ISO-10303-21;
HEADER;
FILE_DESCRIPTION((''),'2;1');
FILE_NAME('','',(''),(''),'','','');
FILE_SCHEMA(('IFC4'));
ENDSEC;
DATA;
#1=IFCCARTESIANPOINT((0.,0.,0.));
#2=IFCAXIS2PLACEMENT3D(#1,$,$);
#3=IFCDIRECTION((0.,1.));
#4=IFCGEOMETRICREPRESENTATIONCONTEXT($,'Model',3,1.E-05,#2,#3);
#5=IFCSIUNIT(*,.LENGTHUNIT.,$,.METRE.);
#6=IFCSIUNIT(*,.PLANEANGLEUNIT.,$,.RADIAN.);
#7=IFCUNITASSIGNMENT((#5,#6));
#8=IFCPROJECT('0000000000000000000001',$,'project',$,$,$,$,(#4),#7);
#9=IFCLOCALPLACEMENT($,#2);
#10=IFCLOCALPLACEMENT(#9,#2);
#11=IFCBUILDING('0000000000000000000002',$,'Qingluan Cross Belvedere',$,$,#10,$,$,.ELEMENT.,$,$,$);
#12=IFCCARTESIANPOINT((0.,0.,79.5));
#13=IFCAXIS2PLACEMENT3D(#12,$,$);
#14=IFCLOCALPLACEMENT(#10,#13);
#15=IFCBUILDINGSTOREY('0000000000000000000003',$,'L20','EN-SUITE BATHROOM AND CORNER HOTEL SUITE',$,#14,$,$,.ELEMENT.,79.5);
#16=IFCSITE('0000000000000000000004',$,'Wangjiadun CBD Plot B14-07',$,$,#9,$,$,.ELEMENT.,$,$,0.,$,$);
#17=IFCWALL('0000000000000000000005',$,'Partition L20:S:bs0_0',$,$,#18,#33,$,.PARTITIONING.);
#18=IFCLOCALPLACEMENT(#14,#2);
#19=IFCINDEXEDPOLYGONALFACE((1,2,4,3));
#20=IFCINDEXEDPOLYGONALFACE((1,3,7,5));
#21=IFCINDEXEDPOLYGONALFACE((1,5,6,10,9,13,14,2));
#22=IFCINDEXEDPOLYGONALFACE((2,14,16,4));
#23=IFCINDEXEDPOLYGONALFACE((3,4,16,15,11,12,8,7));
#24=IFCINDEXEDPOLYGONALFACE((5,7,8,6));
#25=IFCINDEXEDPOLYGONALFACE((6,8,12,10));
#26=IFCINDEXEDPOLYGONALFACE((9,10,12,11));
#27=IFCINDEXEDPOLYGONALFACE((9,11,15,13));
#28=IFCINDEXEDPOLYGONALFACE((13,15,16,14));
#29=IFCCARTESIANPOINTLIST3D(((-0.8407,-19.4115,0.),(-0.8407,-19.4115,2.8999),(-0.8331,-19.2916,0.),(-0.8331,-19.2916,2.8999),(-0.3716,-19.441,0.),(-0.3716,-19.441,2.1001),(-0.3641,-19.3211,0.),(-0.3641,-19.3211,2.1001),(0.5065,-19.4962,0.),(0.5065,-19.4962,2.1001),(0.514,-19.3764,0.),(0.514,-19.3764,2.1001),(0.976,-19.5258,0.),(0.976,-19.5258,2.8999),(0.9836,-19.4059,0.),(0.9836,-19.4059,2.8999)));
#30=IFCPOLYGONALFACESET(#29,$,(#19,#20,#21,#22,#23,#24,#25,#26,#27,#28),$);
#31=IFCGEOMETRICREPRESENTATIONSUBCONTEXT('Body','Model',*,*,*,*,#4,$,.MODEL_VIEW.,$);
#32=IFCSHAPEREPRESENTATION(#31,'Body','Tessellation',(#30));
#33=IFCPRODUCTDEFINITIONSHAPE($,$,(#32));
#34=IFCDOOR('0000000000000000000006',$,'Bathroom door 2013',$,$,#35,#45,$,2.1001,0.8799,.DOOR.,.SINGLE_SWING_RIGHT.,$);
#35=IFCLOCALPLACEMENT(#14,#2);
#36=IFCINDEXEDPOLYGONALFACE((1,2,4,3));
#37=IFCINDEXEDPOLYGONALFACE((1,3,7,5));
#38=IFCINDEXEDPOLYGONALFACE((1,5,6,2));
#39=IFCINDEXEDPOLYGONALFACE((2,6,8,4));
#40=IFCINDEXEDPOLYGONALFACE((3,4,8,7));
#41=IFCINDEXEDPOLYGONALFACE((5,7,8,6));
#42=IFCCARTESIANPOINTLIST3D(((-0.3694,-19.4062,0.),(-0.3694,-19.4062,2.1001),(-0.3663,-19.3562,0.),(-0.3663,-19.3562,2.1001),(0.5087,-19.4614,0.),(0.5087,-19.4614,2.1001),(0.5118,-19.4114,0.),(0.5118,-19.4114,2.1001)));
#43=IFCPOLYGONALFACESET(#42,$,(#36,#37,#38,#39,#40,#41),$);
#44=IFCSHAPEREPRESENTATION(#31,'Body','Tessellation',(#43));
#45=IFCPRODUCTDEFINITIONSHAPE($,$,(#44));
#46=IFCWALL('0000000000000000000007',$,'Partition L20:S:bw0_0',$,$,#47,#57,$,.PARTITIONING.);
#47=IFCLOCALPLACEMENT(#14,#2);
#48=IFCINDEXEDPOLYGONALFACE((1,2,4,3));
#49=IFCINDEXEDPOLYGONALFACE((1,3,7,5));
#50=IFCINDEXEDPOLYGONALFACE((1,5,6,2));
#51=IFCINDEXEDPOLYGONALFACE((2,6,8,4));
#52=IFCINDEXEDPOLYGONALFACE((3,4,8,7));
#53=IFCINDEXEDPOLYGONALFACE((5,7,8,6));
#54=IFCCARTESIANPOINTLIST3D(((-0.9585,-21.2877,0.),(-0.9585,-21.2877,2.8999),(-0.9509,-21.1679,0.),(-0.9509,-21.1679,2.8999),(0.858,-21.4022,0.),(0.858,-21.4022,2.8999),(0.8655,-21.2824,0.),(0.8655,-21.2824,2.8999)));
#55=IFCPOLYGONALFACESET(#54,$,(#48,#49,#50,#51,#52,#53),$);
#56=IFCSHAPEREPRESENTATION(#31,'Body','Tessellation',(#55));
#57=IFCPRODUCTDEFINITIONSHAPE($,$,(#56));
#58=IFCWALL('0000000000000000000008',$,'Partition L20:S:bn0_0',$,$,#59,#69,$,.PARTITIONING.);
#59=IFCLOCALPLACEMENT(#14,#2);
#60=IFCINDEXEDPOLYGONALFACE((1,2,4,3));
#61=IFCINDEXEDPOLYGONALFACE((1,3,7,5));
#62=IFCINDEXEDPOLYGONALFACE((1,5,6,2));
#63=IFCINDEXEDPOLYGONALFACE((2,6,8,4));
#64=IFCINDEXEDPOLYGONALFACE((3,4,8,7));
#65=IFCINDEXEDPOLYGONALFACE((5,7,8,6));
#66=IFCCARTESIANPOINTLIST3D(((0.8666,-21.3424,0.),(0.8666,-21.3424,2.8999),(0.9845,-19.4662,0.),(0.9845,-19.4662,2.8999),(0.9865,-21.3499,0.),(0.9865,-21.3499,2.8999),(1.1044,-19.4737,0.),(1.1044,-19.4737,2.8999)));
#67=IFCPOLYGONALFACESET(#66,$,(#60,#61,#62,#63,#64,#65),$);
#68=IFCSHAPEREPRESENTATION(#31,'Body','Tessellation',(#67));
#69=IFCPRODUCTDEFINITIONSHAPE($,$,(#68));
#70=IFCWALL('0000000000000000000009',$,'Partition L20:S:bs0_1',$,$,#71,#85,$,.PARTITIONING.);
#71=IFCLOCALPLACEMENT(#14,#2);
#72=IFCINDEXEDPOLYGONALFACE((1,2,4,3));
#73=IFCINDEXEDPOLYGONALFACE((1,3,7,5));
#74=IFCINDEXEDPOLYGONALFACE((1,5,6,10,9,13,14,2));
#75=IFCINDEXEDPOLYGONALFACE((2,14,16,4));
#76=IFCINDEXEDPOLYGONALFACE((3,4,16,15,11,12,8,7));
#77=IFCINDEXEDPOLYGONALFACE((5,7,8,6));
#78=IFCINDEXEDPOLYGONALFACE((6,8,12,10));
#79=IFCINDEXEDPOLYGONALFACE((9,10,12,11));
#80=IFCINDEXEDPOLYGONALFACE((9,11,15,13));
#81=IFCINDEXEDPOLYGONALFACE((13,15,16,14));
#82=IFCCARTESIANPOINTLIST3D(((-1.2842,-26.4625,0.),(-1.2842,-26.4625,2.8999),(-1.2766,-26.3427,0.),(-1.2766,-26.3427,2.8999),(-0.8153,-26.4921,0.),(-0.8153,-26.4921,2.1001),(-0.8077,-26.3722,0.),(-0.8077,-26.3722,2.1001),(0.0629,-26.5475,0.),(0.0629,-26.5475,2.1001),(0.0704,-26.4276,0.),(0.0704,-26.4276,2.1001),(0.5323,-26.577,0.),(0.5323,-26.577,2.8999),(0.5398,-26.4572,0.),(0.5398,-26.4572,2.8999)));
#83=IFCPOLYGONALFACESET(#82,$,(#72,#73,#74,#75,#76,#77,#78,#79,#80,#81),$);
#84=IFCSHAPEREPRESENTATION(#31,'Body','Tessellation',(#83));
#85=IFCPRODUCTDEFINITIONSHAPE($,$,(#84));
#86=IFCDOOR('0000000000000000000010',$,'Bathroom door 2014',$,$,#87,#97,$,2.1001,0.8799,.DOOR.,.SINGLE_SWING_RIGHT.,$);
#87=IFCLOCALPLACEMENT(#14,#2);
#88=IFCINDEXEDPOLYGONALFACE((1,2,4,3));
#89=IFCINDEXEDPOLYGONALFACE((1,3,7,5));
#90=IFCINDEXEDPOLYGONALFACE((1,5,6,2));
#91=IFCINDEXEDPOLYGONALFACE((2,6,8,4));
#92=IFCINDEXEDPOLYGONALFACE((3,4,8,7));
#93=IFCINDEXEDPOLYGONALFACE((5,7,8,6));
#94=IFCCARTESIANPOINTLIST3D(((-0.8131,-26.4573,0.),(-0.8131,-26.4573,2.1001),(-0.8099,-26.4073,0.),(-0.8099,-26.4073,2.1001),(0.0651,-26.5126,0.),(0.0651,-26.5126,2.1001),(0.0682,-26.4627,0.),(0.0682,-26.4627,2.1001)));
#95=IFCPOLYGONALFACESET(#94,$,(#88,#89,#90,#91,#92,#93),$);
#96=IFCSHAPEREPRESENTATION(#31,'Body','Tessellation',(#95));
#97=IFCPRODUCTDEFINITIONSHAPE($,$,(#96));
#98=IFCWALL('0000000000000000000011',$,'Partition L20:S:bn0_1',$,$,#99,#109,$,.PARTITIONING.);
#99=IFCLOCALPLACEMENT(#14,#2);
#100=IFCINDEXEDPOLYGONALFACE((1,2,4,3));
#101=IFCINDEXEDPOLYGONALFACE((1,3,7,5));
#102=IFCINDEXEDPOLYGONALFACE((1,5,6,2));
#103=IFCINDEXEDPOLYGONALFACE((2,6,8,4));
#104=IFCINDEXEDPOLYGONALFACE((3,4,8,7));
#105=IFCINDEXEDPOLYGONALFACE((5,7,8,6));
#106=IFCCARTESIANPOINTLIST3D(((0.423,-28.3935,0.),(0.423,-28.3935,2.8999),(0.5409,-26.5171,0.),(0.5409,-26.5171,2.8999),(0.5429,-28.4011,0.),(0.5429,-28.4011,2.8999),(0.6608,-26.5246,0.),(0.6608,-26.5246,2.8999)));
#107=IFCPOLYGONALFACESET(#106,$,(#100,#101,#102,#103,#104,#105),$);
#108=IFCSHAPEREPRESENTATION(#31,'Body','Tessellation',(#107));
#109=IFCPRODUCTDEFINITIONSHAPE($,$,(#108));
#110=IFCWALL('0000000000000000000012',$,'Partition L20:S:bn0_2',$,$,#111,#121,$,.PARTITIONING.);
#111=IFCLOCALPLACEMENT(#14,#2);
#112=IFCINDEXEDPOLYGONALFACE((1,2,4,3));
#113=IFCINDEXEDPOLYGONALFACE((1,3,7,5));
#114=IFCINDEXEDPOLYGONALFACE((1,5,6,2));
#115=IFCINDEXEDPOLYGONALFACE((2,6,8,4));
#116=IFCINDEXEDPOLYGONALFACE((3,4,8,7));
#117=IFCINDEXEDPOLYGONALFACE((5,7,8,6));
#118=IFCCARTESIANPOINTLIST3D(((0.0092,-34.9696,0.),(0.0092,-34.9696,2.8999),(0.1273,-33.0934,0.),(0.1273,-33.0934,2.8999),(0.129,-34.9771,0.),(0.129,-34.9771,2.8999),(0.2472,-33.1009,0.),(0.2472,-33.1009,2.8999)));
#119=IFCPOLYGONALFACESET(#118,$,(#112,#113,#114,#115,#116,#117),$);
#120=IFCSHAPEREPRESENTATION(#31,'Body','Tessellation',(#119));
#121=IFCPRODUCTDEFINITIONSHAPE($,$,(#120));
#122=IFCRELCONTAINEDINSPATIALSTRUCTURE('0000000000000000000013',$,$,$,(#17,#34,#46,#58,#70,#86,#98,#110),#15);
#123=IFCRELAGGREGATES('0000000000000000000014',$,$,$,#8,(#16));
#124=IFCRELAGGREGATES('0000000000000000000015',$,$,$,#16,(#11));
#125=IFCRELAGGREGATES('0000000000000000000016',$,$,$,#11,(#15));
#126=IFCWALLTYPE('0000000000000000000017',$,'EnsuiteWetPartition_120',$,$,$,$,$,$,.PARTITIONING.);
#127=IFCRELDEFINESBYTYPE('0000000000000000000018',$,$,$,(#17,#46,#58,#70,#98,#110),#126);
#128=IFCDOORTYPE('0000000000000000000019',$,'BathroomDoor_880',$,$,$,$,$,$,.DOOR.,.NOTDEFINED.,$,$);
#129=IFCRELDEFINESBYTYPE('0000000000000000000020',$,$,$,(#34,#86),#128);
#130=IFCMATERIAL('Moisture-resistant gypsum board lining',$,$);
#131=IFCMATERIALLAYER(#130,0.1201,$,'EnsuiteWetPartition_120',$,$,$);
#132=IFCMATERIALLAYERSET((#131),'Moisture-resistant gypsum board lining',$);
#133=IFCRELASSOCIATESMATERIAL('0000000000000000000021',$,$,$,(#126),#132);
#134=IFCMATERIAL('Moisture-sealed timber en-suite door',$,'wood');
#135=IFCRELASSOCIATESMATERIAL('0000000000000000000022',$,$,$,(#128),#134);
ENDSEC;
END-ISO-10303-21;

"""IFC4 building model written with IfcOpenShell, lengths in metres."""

from ifc_helpers import new_model, si_unit, direction, frame, frame_2d, origin, place, context, subcontext, project, spatial, rectangle, extrude, material, layer, layer_set, type_object, element, fill, save


model = new_model("IFC4")

# Units and contexts
model_context = context("Model", 3, precision=1e-05, world=origin(), true_north=direction((0.0, 1.0)))
body_context = subcontext(model_context, "Body", "Model", "MODEL_VIEW")
ifc_project = project(units=[si_unit("LENGTHUNIT", "METRE"), si_unit("PLANEANGLEUNIT", "RADIAN")], contexts=[model_context])

# Site, building, storey
site_placement = place(None, origin())
site = spatial("IfcSite", under=ifc_project, at=site_placement, Name="Wangjiadun CBD Plot B14-07", CompositionType="ELEMENT", RefElevation=0.0)
building_placement = place(site_placement, origin())
building = spatial("IfcBuilding", under=site, at=building_placement, Name="Qingluan Cross Belvedere", CompositionType="ELEMENT")
storey_placement = place(building_placement, frame((0.0, 0.0, 79.5)))
storey = spatial("IfcBuildingStorey", under=building, at=storey_placement, Name="L20", Description="EN-SUITE BATHROOM AND CORNER HOTEL SUITE", CompositionType="ELEMENT", Elevation=79.5)

# Wall, opening, door
ifc_material_1 = material(Name="Moisture-resistant gypsum board lining")
ifc_layer_1 = layer(ifc_material_1, 0.1201, Name="EnsuiteWetPartition_120")
ifc_layer_set_1 = layer_set([ifc_layer_1], Name="Moisture-resistant gypsum board lining")
wall_type_1 = type_object("IfcWallType", Name="EnsuiteWetPartition_120", PredefinedType="PARTITIONING", material=ifc_layer_set_1)
wall_1_placement = place(storey_placement, frame((-0.8369, -19.3516, 0.0), z_axis=(0.0, 0.0, 1.0), x_axis=(0.998028, -0.062771, 0.0)))
wall_1 = element("IfcWall", 1, at=wall_1_placement, inside=storey, type_object=wall_type_1, Name="Partition L20:S:bs0_0", PredefinedType="PARTITIONING", context=body_context, shape_type="SweptSolid", body=[
    extrude(rectangle(XDim=1.8203, YDim=0.1201, at=frame_2d((0.9102, 0.0))), origin(), (0.0, 0.0, 1.0), 2.8999),
])
opening_1_placement = place(wall_1_placement, frame((0.47, 0.0, 0.0)))
opening_1 = element("IfcOpeningElement", 2, at=opening_1_placement, cuts=wall_1, PredefinedType="OPENING", context=body_context, shape_type="SweptSolid", body=[
    extrude(rectangle(XDim=0.8799, YDim=2.1001, at=frame_2d((0.4399, 1.05))), frame((0.0, 0.0701, 0.0), z_axis=(0.0, -1.0, 0.0), x_axis=(1.0, 0.0, 0.0)), (0.0, 0.0, 1.0), 0.1401),
])
ifc_material_2 = material(Name="Moisture-sealed timber en-suite door", Category="wood")
door_type_1 = type_object("IfcDoorType", Name="BathroomDoor_880", OperationType="NOTDEFINED", PredefinedType="DOOR", material=ifc_material_2)
door_1_placement = place(opening_1_placement, origin())
door_1 = element("IfcDoor", 3, at=door_1_placement, inside=storey, type_object=door_type_1, Name="Bathroom door 2013", OperationType="SINGLE_SWING_RIGHT", OverallHeight=2.1001, OverallWidth=0.8799, PredefinedType="DOOR", context=body_context, shape_type="SweptSolid", body=[
    extrude(rectangle(XDim=0.8799, YDim=2.1001, at=frame_2d((0.4399, 1.05))), frame((0.0, 0.0249, 0.0), z_axis=(0.0, -1.0, 0.0), x_axis=(1.0, 0.0, 0.0)), (0.0, 0.0, 1.0), 0.05),
])
fill(opening_1, door_1)

# Walls
wall_2_placement = place(storey_placement, frame((-0.9548, -21.2278, 0.0), z_axis=(0.0, 0.0, 1.0), x_axis=(0.998019, -0.062913, 0.0)))
element("IfcWall", 4, at=wall_2_placement, inside=storey, type_object=wall_type_1, Name="Partition L20:S:bw0_0", PredefinedType="PARTITIONING", context=body_context, shape_type="SweptSolid", body=[
    extrude(rectangle(XDim=1.8201, YDim=0.1201, at=frame_2d((0.9102, 0.0))), origin(), (0.0, 0.0, 1.0), 2.8999),
])
wall_3_placement = place(storey_placement, frame((1.0444, -19.47, 0.0), z_axis=(0.0, 0.0, 1.0), x_axis=(-0.062726, -0.998031, 0.0)))
element("IfcWall", 5, at=wall_3_placement, inside=storey, type_object=wall_type_1, Name="Partition L20:S:bn0_0", PredefinedType="PARTITIONING", context=body_context, shape_type="SweptSolid", body=[
    extrude(rectangle(XDim=1.8799, YDim=0.1201, at=frame_2d((0.9399, 0.0))), origin(), (0.0, 0.0, 1.0), 2.8999),
])

# Wall, opening, door
wall_4_placement = place(storey_placement, frame((-1.2805, -26.4026, 0.0), z_axis=(0.0, 0.0, 1.0), x_axis=(0.998019, -0.062913, 0.0)))
wall_4 = element("IfcWall", 6, at=wall_4_placement, inside=storey, type_object=wall_type_1, Name="Partition L20:S:bs0_1", PredefinedType="PARTITIONING", context=body_context, shape_type="SweptSolid", body=[
    extrude(rectangle(XDim=1.8201, YDim=0.1201, at=frame_2d((0.9102, 0.0))), origin(), (0.0, 0.0, 1.0), 2.8999),
])
opening_2_placement = place(wall_4_placement, frame((0.47, 0.0, 0.0)))
opening_2 = element("IfcOpeningElement", 7, at=opening_2_placement, cuts=wall_4, PredefinedType="OPENING", context=body_context, shape_type="SweptSolid", body=[
    extrude(rectangle(XDim=0.8799, YDim=2.1001, at=frame_2d((0.4399, 1.05))), frame((0.0, 0.0701, 0.0), z_axis=(0.0, -1.0, 0.0), x_axis=(1.0, 0.0, 0.0)), (0.0, 0.0, 1.0), 0.1401),
])
door_2_placement = place(opening_2_placement, origin())
door_2 = element("IfcDoor", 8, at=door_2_placement, inside=storey, type_object=door_type_1, Name="Bathroom door 2014", OperationType="SINGLE_SWING_RIGHT", OverallHeight=2.1001, OverallWidth=0.8799, PredefinedType="DOOR", context=body_context, shape_type="SweptSolid", body=[
    extrude(rectangle(XDim=0.8799, YDim=2.1001, at=frame_2d((0.4399, 1.05))), frame((0.0, 0.0249, 0.0), z_axis=(0.0, -1.0, 0.0), x_axis=(1.0, 0.0, 0.0)), (0.0, 0.0, 1.0), 0.05),
])
fill(opening_2, door_2)

# Walls
wall_5_placement = place(storey_placement, frame((0.6008, -26.521, 0.0), z_axis=(0.0, 0.0, 1.0), x_axis=(-0.062718, -0.998031, 0.0)))
element("IfcWall", 9, at=wall_5_placement, inside=storey, type_object=wall_type_1, Name="Partition L20:S:bn0_1", PredefinedType="PARTITIONING", context=body_context, shape_type="SweptSolid", body=[
    extrude(rectangle(XDim=1.8801, YDim=0.1201, at=frame_2d((0.9399, 0.0))), origin(), (0.0, 0.0, 1.0), 2.8999),
])
wall_6_placement = place(storey_placement, frame((0.1873, -33.0972, 0.0), z_axis=(0.0, 0.0, 1.0), x_axis=(-0.062855, -0.998023, 0.0)))
element("IfcWall", 10, at=wall_6_placement, inside=storey, type_object=wall_type_1, Name="Partition L20:S:bn0_2", PredefinedType="PARTITIONING", context=body_context, shape_type="SweptSolid", body=[
    extrude(rectangle(XDim=1.8799, YDim=0.1201, at=frame_2d((0.9399, 0.0))), origin(), (0.0, 0.0, 1.0), 2.8999),
])

save(model, "model.ifc")
